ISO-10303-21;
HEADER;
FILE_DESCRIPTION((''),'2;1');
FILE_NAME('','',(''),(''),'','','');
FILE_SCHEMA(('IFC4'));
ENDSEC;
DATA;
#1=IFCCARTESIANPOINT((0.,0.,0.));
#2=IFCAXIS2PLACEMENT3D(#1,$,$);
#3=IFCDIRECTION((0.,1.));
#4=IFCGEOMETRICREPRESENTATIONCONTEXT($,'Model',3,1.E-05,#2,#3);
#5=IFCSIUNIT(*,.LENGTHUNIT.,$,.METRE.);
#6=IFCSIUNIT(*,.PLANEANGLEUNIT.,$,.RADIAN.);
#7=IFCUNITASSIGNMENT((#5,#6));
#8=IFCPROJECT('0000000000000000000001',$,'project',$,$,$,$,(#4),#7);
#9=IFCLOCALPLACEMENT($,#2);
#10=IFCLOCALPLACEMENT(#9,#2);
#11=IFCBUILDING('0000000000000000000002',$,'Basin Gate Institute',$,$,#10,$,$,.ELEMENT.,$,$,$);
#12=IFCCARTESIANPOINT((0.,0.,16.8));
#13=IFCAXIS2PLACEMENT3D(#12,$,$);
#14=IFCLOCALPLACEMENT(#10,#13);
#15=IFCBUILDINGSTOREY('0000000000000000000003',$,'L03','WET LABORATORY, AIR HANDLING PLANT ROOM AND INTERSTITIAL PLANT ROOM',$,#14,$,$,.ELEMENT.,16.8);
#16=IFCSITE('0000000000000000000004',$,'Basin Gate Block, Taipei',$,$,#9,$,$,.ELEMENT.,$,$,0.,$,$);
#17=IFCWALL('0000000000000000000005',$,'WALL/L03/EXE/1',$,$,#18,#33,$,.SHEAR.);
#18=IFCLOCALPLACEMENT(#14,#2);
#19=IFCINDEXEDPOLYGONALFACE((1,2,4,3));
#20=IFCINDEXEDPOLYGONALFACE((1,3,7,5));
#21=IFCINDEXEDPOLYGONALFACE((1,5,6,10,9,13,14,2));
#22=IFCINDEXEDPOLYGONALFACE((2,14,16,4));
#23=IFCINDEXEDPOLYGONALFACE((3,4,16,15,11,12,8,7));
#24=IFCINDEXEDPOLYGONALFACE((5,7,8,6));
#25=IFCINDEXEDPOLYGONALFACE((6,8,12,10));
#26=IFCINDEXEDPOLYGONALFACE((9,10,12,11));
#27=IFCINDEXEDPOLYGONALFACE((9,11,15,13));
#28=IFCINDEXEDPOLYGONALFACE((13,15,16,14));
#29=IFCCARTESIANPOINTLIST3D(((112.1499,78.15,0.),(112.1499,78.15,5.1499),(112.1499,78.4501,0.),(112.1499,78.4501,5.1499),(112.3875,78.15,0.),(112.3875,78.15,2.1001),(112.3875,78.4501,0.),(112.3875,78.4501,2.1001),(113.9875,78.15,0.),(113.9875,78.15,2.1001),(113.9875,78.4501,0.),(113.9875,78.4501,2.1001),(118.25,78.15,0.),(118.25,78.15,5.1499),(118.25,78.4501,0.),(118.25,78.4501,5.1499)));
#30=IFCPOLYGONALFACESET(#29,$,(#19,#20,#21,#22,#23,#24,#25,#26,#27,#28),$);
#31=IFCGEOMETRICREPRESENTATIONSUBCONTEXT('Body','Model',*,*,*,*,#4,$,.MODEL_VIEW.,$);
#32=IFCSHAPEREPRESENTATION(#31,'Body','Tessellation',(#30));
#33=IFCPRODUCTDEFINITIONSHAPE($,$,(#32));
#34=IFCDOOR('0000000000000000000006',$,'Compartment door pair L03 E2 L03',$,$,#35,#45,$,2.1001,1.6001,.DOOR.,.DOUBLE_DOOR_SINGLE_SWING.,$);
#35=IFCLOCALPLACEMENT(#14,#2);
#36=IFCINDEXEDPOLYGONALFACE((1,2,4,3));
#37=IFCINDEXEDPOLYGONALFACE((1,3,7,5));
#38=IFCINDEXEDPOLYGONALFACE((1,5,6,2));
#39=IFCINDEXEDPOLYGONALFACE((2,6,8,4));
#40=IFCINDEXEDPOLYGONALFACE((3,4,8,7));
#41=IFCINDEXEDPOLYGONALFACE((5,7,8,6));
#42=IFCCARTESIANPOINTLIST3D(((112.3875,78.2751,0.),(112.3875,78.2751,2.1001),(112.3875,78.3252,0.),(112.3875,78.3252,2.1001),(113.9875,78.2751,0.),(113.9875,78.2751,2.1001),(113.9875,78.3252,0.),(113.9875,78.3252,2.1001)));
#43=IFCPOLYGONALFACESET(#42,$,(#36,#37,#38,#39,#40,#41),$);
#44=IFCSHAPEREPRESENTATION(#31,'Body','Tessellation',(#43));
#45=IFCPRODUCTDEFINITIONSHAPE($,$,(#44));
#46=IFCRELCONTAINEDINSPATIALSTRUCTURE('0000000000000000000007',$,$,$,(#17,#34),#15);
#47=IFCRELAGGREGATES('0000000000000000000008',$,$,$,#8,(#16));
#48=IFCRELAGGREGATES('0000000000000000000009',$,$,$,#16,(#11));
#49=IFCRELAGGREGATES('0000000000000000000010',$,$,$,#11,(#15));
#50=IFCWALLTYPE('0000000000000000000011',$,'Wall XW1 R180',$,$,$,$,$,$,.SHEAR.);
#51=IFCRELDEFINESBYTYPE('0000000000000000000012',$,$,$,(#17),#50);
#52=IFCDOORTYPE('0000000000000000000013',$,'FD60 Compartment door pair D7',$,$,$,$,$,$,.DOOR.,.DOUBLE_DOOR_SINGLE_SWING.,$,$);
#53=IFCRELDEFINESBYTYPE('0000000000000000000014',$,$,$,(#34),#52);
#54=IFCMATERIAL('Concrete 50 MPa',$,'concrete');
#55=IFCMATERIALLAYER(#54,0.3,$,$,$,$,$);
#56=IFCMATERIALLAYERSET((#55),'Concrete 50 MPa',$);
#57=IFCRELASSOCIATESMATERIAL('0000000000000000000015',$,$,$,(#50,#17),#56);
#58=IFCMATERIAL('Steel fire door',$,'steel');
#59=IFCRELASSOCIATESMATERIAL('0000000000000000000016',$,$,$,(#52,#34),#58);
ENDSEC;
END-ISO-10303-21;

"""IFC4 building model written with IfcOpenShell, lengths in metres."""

from ifc_helpers import new_model, si_unit, direction, frame, frame_2d, origin, place, context, subcontext, project, spatial, rectangle, extrude, material, layer, layer_set, type_object, element, fill, save


model = new_model("IFC4")

# Units and contexts
model_context = context("Model", 3, precision=1e-05, world=origin(), true_north=direction((0.0, 1.0)))
body_context = subcontext(model_context, "Body", "Model", "MODEL_VIEW")
ifc_project = project(units=[si_unit("LENGTHUNIT", "METRE"), si_unit("PLANEANGLEUNIT", "RADIAN")], contexts=[model_context])

# Site, building, storey
site_placement = place(None, origin())
site = spatial("IfcSite", under=ifc_project, at=site_placement, Name="Basin Gate Block, Taipei", CompositionType="ELEMENT", RefElevation=0.0)
building_placement = place(site_placement, origin())
building = spatial("IfcBuilding", under=site, at=building_placement, Name="Basin Gate Institute", CompositionType="ELEMENT")
storey_placement = place(building_placement, frame((0.0, 0.0, 16.8)))
storey = spatial("IfcBuildingStorey", under=building, at=storey_placement, Name="L03", Description="WET LABORATORY, AIR HANDLING PLANT ROOM AND INTERSTITIAL PLANT ROOM", CompositionType="ELEMENT", Elevation=16.8)

# Wall, opening, door
ifc_material_1 = material(Name="Concrete 50 MPa", Category="concrete")
ifc_layer_1 = layer(ifc_material_1, 0.3)
ifc_layer_set_1 = layer_set([ifc_layer_1], Name="Concrete 50 MPa")
wall_type_1 = type_object("IfcWallType", Name="Wall XW1 R180", PredefinedType="SHEAR", material=ifc_layer_set_1)
wall_1_placement = place(storey_placement, frame((118.25, 78.3, 0.0), z_axis=(0.0, 0.0, 1.0), x_axis=(-1.0, 0.0, 0.0)))
wall_1 = element("IfcWall", 1, at=wall_1_placement, inside=storey, type_object=wall_type_1, material=ifc_layer_set_1, Name="WALL/L03/EXE/1", PredefinedType="SHEAR", context=body_context, shape_type="SweptSolid", body=[
    extrude(rectangle(XDim=6.1001, YDim=0.3, at=frame_2d((3.05, 0.0))), origin(), (0.0, 0.0, 1.0), 5.1499),
])
opening_1_placement = place(wall_1_placement, frame((4.2625, 0.0, 0.0)))
opening_1 = element("IfcOpeningElement", 2, at=opening_1_placement, cuts=wall_1, PredefinedType="OPENING", context=body_context, shape_type="SweptSolid", body=[
    extrude(rectangle(XDim=1.6001, YDim=2.1001, at=frame_2d((0.8, 1.05))), frame((0.0, 0.1602, 0.0), z_axis=(0.0, -1.0, 0.0), x_axis=(1.0, 0.0, 0.0)), (0.0, 0.0, 1.0), 0.3201),
])
ifc_material_2 = material(Name="Steel fire door", Category="steel")
door_type_1 = type_object("IfcDoorType", Name="FD60 Compartment door pair D7", OperationType="DOUBLE_DOOR_SINGLE_SWING", PredefinedType="DOOR", material=ifc_material_2)
door_1_placement = place(opening_1_placement, origin())
door_1 = element("IfcDoor", 3, at=door_1_placement, inside=storey, type_object=door_type_1, material=ifc_material_2, Name="Compartment door pair L03 E2 L03", OperationType="DOUBLE_DOOR_SINGLE_SWING", OverallHeight=2.1001, OverallWidth=1.6001, PredefinedType="DOOR", context=body_context, shape_type="SweptSolid", body=[
    extrude(rectangle(XDim=1.6001, YDim=2.1001, at=frame_2d((0.8, 1.05))), frame((0.0, 0.0249, 0.0), z_axis=(0.0, -1.0, 0.0), x_axis=(1.0, 0.0, 0.0)), (0.0, 0.0, 1.0), 0.05),
])
fill(opening_1, door_1)

save(model, "model.ifc")
